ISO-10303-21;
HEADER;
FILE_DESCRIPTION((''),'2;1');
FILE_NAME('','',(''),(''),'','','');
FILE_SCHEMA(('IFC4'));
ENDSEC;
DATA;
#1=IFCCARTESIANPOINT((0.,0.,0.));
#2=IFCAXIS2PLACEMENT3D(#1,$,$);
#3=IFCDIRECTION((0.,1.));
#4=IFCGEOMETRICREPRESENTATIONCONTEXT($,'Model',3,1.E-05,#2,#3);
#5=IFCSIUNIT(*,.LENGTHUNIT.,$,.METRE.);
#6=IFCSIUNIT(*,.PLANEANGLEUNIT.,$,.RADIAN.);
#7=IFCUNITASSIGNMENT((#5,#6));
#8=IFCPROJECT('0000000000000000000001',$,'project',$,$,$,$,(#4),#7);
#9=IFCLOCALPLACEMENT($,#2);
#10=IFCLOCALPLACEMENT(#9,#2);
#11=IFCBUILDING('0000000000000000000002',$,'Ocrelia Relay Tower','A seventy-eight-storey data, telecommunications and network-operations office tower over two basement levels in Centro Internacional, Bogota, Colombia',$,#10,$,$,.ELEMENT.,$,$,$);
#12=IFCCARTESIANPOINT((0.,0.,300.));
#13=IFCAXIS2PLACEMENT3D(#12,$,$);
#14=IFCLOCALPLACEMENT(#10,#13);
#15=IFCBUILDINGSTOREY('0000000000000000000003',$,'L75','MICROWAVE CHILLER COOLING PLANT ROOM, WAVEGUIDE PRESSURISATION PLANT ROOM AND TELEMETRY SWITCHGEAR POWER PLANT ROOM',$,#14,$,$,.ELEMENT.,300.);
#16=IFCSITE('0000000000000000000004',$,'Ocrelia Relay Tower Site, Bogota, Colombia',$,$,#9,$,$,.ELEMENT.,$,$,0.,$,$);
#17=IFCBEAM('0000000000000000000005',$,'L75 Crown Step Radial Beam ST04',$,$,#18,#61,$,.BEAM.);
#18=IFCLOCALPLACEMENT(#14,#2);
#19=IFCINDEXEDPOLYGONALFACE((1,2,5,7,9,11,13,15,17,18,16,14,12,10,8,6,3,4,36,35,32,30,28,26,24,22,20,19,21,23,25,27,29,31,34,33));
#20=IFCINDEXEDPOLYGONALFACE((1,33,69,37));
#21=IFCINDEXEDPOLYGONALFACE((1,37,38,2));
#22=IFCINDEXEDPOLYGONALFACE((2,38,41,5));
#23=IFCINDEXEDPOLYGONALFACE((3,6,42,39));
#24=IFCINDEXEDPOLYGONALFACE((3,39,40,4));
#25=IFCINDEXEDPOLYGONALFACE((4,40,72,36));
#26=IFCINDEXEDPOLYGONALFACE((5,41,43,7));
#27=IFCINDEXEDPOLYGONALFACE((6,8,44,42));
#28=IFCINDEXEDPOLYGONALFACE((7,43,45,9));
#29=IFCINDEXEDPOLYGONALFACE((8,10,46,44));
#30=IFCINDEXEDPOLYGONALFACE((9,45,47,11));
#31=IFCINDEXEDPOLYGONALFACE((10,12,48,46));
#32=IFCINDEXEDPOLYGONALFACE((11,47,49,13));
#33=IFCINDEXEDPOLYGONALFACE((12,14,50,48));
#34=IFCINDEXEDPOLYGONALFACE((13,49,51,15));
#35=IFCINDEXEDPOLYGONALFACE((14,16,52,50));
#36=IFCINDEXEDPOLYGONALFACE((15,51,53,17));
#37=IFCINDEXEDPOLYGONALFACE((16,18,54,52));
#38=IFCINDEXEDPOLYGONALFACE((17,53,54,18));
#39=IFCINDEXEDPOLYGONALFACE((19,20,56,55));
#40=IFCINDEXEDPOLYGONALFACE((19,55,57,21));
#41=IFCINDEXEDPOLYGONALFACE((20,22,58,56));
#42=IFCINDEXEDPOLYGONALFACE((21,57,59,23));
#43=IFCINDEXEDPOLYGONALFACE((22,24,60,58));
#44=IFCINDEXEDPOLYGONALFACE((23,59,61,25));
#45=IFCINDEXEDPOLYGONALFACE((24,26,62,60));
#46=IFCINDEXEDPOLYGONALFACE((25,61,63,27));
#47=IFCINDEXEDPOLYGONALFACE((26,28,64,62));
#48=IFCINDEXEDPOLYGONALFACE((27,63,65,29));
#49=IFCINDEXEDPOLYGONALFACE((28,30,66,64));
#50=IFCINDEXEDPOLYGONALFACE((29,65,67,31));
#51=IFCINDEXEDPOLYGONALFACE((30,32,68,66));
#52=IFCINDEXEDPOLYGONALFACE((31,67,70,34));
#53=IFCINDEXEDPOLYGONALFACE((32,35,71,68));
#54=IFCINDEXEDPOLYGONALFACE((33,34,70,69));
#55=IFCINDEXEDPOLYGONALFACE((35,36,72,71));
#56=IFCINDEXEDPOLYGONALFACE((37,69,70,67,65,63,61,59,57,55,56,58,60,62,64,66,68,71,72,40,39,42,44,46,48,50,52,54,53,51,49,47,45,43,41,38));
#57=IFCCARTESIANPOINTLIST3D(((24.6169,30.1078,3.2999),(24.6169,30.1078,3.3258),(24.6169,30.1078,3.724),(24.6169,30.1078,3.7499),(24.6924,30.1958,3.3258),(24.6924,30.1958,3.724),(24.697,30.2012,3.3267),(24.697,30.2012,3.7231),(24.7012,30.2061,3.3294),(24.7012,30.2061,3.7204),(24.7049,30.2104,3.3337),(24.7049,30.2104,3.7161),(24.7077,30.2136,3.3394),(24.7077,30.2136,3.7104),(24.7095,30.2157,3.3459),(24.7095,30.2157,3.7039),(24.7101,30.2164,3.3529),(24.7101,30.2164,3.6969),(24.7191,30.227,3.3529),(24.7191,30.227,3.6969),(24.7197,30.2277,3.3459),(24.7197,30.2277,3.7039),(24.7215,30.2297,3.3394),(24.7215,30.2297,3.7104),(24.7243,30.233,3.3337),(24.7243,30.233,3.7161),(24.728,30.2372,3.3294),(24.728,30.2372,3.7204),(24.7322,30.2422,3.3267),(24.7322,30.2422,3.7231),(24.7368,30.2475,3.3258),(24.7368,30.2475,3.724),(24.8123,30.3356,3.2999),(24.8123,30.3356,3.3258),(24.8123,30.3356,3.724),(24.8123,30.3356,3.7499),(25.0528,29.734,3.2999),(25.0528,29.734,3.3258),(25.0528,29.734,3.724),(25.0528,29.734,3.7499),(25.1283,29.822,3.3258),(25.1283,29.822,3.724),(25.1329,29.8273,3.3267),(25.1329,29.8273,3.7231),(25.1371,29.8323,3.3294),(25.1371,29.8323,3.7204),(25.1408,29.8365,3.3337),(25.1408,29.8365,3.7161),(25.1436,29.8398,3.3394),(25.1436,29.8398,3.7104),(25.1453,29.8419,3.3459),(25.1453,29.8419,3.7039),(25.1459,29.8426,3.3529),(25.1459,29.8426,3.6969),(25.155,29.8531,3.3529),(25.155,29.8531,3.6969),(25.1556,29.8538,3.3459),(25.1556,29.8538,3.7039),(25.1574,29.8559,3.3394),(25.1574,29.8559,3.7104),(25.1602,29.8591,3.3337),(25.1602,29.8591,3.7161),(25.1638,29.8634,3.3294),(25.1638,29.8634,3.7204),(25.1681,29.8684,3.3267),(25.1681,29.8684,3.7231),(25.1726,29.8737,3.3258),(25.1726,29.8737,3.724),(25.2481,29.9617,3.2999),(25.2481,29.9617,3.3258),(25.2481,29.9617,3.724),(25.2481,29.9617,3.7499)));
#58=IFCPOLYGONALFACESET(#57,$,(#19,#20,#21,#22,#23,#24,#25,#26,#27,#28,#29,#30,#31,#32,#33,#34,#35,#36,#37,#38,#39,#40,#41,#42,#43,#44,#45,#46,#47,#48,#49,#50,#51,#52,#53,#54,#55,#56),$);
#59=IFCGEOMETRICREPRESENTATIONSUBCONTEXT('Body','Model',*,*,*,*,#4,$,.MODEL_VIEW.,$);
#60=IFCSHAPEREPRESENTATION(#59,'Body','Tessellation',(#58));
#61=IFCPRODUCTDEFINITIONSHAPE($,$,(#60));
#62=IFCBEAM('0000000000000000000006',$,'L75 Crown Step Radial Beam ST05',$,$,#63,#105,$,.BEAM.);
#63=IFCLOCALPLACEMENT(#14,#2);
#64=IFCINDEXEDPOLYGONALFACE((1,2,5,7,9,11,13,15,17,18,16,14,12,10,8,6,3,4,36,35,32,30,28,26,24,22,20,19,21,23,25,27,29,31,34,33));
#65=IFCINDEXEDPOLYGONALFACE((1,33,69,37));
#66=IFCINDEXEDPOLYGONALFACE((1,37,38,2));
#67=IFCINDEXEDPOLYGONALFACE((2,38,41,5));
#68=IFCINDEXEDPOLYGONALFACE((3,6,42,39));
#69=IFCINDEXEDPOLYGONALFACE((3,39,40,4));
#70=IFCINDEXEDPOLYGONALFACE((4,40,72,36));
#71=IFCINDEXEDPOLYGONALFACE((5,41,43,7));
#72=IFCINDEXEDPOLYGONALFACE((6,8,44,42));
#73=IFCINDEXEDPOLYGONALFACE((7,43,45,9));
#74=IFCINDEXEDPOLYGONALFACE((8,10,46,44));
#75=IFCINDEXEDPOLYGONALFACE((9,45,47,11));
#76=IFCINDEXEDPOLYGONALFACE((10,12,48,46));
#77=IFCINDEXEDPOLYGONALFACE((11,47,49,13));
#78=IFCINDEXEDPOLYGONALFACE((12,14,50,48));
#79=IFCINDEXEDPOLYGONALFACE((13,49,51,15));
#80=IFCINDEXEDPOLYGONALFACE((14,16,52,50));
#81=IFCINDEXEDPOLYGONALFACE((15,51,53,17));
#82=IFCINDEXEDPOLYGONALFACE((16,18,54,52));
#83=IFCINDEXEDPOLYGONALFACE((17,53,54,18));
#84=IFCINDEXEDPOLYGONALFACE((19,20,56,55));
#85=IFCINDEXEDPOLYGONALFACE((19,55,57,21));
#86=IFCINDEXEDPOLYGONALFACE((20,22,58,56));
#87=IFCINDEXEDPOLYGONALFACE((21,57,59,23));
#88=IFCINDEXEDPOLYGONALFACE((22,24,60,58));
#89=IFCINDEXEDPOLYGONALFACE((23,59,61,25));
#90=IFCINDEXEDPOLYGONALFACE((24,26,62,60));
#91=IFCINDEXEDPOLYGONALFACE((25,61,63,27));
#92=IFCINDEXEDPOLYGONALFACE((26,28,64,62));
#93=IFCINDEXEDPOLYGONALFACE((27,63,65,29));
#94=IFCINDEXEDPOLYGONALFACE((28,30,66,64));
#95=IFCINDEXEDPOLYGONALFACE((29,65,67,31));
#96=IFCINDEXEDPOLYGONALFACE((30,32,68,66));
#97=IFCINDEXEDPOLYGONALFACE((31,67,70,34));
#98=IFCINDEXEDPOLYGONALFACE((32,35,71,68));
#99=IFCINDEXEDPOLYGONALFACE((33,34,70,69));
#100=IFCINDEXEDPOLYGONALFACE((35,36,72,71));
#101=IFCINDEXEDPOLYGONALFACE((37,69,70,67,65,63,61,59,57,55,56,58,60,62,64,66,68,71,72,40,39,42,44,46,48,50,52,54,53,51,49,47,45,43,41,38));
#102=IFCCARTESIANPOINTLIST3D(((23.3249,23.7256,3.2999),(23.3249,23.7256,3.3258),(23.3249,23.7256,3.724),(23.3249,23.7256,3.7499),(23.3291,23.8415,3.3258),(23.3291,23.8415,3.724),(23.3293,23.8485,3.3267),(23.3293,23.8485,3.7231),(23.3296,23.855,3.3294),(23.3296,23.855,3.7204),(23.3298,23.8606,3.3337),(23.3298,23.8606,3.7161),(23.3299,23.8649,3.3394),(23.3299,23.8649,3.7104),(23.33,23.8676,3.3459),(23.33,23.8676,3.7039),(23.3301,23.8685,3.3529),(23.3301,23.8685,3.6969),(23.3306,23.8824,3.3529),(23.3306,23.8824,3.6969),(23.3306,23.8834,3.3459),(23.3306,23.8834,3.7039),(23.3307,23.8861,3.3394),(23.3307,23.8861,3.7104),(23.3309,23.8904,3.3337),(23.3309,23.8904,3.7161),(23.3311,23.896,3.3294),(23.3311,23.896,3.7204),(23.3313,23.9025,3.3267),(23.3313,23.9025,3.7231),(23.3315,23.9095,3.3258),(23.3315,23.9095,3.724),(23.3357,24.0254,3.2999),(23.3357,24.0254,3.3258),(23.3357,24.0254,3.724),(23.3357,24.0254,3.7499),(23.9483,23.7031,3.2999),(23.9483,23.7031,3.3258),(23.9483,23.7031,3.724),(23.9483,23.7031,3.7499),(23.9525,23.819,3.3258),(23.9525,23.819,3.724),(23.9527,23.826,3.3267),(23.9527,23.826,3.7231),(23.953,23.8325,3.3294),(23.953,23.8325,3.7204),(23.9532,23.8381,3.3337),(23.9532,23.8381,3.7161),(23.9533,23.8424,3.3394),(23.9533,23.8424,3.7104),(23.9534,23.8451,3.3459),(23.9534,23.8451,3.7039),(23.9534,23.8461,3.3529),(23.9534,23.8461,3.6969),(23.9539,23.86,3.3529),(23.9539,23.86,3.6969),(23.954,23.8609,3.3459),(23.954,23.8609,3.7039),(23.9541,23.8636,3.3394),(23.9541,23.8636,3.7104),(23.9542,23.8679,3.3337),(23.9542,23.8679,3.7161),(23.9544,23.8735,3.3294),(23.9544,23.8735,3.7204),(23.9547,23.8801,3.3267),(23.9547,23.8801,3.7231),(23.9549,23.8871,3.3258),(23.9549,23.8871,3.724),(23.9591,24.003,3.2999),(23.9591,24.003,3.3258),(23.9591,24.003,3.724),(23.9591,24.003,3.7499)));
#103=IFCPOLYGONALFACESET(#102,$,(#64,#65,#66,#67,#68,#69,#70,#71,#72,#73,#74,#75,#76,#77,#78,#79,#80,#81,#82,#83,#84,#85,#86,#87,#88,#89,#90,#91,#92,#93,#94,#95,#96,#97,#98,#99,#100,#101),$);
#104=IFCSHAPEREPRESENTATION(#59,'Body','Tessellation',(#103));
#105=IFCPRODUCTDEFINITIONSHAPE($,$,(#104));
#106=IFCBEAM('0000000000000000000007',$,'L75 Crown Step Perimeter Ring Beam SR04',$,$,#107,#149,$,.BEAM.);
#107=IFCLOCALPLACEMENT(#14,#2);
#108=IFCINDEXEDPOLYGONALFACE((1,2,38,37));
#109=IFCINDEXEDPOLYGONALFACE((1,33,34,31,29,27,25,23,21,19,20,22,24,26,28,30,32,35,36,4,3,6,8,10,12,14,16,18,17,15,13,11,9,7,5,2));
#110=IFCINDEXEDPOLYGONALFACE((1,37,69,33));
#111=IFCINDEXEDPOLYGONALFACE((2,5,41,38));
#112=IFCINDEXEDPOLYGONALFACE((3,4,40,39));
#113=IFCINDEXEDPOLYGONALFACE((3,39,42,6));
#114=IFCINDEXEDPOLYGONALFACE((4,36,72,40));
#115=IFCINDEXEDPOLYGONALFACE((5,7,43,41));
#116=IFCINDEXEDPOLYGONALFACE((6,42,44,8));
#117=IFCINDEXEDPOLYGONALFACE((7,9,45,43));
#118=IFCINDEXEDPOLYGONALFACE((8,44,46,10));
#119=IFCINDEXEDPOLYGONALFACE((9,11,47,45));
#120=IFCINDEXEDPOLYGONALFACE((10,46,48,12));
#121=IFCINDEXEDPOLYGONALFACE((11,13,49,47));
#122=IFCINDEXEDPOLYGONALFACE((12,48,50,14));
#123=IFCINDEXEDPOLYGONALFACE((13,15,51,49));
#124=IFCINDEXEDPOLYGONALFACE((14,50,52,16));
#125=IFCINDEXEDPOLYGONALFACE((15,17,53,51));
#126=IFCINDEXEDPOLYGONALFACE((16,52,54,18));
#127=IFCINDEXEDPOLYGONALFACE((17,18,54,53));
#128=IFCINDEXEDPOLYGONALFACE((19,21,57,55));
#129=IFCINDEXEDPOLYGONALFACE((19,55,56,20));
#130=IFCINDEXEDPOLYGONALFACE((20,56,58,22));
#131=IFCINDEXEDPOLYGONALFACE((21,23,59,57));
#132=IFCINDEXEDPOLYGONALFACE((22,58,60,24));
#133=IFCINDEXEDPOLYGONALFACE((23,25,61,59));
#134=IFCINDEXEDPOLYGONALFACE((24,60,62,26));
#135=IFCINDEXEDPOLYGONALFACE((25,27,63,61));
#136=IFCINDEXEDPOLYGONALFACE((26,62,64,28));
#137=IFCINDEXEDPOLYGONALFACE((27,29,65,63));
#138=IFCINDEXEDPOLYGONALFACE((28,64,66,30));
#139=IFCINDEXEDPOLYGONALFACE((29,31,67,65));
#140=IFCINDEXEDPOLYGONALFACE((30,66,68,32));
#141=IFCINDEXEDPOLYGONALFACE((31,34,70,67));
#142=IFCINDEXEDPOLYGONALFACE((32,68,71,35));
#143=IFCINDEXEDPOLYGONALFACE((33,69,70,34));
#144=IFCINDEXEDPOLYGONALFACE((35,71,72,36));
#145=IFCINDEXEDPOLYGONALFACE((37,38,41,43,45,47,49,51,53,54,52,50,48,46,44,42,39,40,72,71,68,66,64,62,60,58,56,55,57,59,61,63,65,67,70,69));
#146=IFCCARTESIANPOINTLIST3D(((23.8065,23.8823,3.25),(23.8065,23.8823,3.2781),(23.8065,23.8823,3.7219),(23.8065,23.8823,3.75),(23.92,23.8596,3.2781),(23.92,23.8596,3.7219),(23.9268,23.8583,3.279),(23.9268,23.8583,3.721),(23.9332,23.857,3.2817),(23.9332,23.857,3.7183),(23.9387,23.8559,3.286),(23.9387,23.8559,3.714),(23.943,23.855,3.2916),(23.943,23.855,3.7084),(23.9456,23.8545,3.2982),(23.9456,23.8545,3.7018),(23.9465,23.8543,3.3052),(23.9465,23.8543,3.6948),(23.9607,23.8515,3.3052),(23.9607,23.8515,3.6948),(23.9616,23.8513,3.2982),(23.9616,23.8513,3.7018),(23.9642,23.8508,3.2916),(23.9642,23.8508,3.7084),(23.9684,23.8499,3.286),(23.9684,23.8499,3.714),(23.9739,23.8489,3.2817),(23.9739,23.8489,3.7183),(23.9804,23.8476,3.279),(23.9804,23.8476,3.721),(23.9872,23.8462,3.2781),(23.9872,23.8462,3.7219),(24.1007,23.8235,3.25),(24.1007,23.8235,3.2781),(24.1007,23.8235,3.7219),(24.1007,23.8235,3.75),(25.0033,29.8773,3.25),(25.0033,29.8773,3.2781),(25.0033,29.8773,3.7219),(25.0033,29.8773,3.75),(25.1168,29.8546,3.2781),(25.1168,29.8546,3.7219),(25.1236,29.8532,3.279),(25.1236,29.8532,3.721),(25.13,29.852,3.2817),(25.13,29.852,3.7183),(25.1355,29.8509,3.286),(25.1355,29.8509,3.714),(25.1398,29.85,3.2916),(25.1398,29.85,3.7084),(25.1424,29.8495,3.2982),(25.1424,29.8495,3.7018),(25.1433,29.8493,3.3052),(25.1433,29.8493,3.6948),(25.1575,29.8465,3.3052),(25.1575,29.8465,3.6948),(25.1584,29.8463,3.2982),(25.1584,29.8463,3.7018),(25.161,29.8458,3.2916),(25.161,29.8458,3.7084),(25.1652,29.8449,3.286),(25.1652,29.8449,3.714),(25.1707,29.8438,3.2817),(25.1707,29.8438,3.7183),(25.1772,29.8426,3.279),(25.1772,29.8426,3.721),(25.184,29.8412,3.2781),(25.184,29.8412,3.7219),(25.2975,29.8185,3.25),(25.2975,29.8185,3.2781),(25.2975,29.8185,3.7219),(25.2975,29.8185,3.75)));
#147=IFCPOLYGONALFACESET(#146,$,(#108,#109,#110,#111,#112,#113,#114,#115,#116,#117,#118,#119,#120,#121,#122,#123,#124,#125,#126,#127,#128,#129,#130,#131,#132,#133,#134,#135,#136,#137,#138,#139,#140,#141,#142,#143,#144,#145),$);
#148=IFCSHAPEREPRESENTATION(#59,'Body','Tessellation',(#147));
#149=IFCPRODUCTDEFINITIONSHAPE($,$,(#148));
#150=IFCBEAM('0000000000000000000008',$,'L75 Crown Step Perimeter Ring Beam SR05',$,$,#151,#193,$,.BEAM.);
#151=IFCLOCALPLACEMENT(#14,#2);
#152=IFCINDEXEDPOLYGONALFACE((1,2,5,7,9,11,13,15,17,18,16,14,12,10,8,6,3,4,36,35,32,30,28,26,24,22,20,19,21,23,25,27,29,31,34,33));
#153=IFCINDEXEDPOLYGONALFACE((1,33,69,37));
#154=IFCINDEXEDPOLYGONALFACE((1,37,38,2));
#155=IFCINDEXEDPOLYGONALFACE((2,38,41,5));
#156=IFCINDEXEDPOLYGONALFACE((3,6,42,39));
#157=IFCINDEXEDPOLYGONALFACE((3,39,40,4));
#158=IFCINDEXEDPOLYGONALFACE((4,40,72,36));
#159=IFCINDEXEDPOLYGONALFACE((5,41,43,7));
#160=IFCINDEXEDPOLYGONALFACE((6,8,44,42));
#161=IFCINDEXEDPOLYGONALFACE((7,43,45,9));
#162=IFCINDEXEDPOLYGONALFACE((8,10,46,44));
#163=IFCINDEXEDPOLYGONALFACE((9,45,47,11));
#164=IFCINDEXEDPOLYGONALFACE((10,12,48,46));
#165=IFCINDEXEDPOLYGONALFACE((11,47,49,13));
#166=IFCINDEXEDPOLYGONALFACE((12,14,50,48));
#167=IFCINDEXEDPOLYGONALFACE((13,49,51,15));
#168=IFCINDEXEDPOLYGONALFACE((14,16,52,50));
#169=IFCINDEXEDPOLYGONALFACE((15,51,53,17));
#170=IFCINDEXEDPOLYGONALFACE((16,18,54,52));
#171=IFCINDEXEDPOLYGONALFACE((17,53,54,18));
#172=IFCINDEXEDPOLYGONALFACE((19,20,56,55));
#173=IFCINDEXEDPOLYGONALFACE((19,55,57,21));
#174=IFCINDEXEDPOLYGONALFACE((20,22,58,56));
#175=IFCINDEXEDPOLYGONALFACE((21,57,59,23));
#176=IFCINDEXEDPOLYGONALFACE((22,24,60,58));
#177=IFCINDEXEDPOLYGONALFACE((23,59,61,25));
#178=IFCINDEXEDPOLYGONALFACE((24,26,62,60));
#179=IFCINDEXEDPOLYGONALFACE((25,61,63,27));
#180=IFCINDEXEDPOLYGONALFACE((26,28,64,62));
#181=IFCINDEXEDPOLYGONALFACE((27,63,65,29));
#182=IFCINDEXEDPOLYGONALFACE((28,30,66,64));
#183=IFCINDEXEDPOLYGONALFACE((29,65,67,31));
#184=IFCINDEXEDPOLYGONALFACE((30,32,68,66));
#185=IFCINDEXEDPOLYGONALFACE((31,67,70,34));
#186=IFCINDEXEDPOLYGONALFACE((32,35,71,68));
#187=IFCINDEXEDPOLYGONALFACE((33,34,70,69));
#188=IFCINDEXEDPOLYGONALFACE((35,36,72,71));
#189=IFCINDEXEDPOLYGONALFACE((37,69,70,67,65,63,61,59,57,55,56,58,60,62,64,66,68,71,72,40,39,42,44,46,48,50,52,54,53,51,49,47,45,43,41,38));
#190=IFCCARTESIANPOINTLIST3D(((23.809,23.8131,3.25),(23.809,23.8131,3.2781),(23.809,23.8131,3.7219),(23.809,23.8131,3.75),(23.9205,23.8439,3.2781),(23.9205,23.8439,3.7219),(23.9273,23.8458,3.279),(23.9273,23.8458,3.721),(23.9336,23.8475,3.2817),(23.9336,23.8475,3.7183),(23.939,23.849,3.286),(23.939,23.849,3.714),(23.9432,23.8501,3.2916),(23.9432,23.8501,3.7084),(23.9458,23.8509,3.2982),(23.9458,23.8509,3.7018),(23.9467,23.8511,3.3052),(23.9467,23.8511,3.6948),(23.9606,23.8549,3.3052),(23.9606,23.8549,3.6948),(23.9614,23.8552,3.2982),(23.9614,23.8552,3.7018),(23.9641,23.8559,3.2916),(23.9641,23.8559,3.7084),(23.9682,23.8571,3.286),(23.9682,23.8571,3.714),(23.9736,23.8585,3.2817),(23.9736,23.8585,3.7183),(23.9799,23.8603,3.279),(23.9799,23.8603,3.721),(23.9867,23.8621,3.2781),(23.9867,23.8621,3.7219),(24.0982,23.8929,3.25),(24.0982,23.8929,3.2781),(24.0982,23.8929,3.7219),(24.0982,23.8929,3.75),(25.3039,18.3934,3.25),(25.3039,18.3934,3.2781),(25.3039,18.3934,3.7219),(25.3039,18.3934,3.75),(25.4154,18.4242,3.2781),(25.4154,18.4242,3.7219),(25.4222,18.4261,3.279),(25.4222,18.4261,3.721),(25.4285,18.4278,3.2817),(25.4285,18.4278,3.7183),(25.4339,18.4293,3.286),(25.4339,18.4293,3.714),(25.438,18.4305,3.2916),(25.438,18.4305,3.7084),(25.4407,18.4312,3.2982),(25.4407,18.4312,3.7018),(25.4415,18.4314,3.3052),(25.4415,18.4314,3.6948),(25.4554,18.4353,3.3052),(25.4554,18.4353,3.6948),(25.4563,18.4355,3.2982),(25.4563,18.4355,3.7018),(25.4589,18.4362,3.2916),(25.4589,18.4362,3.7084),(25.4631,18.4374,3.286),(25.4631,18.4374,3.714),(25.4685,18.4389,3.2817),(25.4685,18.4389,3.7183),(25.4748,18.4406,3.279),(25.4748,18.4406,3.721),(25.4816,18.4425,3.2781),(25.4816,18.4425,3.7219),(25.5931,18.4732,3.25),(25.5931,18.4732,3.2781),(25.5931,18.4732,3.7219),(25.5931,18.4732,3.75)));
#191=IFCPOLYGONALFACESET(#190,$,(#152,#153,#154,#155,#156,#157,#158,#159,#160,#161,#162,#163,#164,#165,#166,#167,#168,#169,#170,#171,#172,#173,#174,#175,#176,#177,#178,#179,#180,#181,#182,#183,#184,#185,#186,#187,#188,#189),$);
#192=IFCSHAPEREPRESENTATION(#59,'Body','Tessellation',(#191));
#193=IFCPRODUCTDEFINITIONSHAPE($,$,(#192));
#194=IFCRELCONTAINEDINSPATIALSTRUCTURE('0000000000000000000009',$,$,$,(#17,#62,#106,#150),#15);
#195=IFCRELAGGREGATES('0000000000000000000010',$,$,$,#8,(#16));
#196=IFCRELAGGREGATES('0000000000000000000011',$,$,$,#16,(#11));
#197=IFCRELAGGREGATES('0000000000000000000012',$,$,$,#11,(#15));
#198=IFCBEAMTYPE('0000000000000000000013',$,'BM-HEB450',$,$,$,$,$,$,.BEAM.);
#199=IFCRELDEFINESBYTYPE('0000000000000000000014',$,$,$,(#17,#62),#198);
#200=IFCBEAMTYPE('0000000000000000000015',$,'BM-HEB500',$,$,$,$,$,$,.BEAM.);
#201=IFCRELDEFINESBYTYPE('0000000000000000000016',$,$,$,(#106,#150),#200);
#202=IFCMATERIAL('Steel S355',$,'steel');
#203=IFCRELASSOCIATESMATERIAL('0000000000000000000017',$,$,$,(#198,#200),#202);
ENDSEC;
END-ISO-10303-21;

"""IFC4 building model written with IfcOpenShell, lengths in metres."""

from ifc_helpers import new_model, si_unit, direction, frame, origin, origin_2d, place, context, subcontext, project, spatial, i_section, extrude, material, material_profile, profile_set, type_object, element, save


model = new_model("IFC4")

# Units and contexts
model_context = context("Model", 3, precision=1e-05, world=origin(), true_north=direction((0.0, 1.0)))
body_context = subcontext(model_context, "Body", "Model", "MODEL_VIEW")
ifc_project = project(units=[si_unit("LENGTHUNIT", "METRE"), si_unit("PLANEANGLEUNIT", "RADIAN")], contexts=[model_context])

# Site, building, storey
site_placement = place(None, origin())
site = spatial("IfcSite", under=ifc_project, at=site_placement, Name="Ocrelia Relay Tower Site, Bogota, Colombia", CompositionType="ELEMENT", RefElevation=0.0)
building_placement = place(site_placement, origin())
building = spatial("IfcBuilding", under=site, at=building_placement, Name="Ocrelia Relay Tower", Description="A seventy-eight-storey data, telecommunications and network-operations office tower over two basement levels in Centro Internacional, Bogota, Colombia", CompositionType="ELEMENT")
storey_placement = place(building_placement, frame((0.0, 0.0, 300.0)))
storey = spatial("IfcBuildingStorey", under=building, at=storey_placement, Name="L75", Description="MICROWAVE CHILLER COOLING PLANT ROOM, WAVEGUIDE PRESSURISATION PLANT ROOM AND TELEMETRY SWITCHGEAR POWER PLANT ROOM", CompositionType="ELEMENT", Elevation=300.0)

# Beams
ifc_material_1 = material(Name="Steel S355", Category="steel")
ifc_material_profile_1 = material_profile(ifc_material_1, i_section(OverallWidth=0.3, OverallDepth=0.45, WebThickness=0.0139, FlangeThickness=0.0259, FilletRadius=0.0271, at=origin_2d()), Name="HEB 450")
ifc_profile_set_1 = profile_set([ifc_material_profile_1], Name="Steel S355")
beam_type_1 = type_object("IfcBeamType", Name="BM-HEB450", PredefinedType="BEAM", material=ifc_profile_set_1)
beam_1_placement = place(storey_placement, frame((24.7146, 30.2217, 3.5249), z_axis=(0.759046, -0.651036, 0.0), x_axis=(0.651036, 0.759046, 0.0)))
element("IfcBeam", 1, at=beam_1_placement, inside=storey, type_object=beam_type_1, Name="L75 Crown Step Radial Beam ST04", PredefinedType="BEAM", context=body_context, shape_type="SweptSolid", body=[
    extrude(i_section(OverallWidth=0.3, OverallDepth=0.45, WebThickness=0.0139, FlangeThickness=0.0259, FilletRadius=0.0271, at=origin_2d()), origin(), (0.0, 0.0, 1.0), 0.5742),
])
beam_2_placement = place(storey_placement, frame((23.3303, 23.8755, 3.5249), z_axis=(0.999351, -0.036013, 0.0), x_axis=(0.036013, 0.999351, 0.0)))
element("IfcBeam", 2, at=beam_2_placement, inside=storey, type_object=beam_type_1, Name="L75 Crown Step Radial Beam ST05", PredefinedType="BEAM", context=body_context, shape_type="SweptSolid", body=[
    extrude(i_section(OverallWidth=0.3, OverallDepth=0.45, WebThickness=0.0139, FlangeThickness=0.0259, FilletRadius=0.0271, at=origin_2d()), origin(), (0.0, 0.0, 1.0), 0.6238),
])
ifc_material_profile_2 = material_profile(ifc_material_1, i_section(OverallWidth=0.3, OverallDepth=0.5, WebThickness=0.0144, FlangeThickness=0.0281, FilletRadius=0.0271, at=origin_2d()), Name="HEB 500")
ifc_profile_set_2 = profile_set([ifc_material_profile_2], Name="Steel S355")
beam_type_2 = type_object("IfcBeamType", Name="BM-HEB500", PredefinedType="BEAM", material=ifc_profile_set_2)
beam_3_placement = place(storey_placement, frame((25.1504, 29.8479, 3.5), z_axis=(-0.195771, -0.98065, 0.0), x_axis=(0.98065, -0.195771, 0.0)))
element("IfcBeam", 3, at=beam_3_placement, inside=storey, type_object=beam_type_2, Name="L75 Crown Step Perimeter Ring Beam SR04", PredefinedType="BEAM", context=body_context, shape_type="SweptSolid", body=[
    extrude(i_section(OverallWidth=0.3, OverallDepth=0.5, WebThickness=0.0144, FlangeThickness=0.0281, FilletRadius=0.0271, at=origin_2d()), origin(), (0.0, 0.0, 1.0), 6.1133),
])
beam_4_placement = place(storey_placement, frame((23.9536, 23.853, 3.5), z_axis=(0.265894, -0.964002, 0.0), x_axis=(0.964002, 0.265894, 0.0)))
element("IfcBeam", 4, at=beam_4_placement, inside=storey, type_object=beam_type_2, Name="L75 Crown Step Perimeter Ring Beam SR05", PredefinedType="BEAM", context=body_context, shape_type="SweptSolid", body=[
    extrude(i_section(OverallWidth=0.3, OverallDepth=0.5, WebThickness=0.0144, FlangeThickness=0.0281, FilletRadius=0.0271, at=origin_2d()), origin(), (0.0, 0.0, 1.0), 5.6221),
])

save(model, "model.ifc")
